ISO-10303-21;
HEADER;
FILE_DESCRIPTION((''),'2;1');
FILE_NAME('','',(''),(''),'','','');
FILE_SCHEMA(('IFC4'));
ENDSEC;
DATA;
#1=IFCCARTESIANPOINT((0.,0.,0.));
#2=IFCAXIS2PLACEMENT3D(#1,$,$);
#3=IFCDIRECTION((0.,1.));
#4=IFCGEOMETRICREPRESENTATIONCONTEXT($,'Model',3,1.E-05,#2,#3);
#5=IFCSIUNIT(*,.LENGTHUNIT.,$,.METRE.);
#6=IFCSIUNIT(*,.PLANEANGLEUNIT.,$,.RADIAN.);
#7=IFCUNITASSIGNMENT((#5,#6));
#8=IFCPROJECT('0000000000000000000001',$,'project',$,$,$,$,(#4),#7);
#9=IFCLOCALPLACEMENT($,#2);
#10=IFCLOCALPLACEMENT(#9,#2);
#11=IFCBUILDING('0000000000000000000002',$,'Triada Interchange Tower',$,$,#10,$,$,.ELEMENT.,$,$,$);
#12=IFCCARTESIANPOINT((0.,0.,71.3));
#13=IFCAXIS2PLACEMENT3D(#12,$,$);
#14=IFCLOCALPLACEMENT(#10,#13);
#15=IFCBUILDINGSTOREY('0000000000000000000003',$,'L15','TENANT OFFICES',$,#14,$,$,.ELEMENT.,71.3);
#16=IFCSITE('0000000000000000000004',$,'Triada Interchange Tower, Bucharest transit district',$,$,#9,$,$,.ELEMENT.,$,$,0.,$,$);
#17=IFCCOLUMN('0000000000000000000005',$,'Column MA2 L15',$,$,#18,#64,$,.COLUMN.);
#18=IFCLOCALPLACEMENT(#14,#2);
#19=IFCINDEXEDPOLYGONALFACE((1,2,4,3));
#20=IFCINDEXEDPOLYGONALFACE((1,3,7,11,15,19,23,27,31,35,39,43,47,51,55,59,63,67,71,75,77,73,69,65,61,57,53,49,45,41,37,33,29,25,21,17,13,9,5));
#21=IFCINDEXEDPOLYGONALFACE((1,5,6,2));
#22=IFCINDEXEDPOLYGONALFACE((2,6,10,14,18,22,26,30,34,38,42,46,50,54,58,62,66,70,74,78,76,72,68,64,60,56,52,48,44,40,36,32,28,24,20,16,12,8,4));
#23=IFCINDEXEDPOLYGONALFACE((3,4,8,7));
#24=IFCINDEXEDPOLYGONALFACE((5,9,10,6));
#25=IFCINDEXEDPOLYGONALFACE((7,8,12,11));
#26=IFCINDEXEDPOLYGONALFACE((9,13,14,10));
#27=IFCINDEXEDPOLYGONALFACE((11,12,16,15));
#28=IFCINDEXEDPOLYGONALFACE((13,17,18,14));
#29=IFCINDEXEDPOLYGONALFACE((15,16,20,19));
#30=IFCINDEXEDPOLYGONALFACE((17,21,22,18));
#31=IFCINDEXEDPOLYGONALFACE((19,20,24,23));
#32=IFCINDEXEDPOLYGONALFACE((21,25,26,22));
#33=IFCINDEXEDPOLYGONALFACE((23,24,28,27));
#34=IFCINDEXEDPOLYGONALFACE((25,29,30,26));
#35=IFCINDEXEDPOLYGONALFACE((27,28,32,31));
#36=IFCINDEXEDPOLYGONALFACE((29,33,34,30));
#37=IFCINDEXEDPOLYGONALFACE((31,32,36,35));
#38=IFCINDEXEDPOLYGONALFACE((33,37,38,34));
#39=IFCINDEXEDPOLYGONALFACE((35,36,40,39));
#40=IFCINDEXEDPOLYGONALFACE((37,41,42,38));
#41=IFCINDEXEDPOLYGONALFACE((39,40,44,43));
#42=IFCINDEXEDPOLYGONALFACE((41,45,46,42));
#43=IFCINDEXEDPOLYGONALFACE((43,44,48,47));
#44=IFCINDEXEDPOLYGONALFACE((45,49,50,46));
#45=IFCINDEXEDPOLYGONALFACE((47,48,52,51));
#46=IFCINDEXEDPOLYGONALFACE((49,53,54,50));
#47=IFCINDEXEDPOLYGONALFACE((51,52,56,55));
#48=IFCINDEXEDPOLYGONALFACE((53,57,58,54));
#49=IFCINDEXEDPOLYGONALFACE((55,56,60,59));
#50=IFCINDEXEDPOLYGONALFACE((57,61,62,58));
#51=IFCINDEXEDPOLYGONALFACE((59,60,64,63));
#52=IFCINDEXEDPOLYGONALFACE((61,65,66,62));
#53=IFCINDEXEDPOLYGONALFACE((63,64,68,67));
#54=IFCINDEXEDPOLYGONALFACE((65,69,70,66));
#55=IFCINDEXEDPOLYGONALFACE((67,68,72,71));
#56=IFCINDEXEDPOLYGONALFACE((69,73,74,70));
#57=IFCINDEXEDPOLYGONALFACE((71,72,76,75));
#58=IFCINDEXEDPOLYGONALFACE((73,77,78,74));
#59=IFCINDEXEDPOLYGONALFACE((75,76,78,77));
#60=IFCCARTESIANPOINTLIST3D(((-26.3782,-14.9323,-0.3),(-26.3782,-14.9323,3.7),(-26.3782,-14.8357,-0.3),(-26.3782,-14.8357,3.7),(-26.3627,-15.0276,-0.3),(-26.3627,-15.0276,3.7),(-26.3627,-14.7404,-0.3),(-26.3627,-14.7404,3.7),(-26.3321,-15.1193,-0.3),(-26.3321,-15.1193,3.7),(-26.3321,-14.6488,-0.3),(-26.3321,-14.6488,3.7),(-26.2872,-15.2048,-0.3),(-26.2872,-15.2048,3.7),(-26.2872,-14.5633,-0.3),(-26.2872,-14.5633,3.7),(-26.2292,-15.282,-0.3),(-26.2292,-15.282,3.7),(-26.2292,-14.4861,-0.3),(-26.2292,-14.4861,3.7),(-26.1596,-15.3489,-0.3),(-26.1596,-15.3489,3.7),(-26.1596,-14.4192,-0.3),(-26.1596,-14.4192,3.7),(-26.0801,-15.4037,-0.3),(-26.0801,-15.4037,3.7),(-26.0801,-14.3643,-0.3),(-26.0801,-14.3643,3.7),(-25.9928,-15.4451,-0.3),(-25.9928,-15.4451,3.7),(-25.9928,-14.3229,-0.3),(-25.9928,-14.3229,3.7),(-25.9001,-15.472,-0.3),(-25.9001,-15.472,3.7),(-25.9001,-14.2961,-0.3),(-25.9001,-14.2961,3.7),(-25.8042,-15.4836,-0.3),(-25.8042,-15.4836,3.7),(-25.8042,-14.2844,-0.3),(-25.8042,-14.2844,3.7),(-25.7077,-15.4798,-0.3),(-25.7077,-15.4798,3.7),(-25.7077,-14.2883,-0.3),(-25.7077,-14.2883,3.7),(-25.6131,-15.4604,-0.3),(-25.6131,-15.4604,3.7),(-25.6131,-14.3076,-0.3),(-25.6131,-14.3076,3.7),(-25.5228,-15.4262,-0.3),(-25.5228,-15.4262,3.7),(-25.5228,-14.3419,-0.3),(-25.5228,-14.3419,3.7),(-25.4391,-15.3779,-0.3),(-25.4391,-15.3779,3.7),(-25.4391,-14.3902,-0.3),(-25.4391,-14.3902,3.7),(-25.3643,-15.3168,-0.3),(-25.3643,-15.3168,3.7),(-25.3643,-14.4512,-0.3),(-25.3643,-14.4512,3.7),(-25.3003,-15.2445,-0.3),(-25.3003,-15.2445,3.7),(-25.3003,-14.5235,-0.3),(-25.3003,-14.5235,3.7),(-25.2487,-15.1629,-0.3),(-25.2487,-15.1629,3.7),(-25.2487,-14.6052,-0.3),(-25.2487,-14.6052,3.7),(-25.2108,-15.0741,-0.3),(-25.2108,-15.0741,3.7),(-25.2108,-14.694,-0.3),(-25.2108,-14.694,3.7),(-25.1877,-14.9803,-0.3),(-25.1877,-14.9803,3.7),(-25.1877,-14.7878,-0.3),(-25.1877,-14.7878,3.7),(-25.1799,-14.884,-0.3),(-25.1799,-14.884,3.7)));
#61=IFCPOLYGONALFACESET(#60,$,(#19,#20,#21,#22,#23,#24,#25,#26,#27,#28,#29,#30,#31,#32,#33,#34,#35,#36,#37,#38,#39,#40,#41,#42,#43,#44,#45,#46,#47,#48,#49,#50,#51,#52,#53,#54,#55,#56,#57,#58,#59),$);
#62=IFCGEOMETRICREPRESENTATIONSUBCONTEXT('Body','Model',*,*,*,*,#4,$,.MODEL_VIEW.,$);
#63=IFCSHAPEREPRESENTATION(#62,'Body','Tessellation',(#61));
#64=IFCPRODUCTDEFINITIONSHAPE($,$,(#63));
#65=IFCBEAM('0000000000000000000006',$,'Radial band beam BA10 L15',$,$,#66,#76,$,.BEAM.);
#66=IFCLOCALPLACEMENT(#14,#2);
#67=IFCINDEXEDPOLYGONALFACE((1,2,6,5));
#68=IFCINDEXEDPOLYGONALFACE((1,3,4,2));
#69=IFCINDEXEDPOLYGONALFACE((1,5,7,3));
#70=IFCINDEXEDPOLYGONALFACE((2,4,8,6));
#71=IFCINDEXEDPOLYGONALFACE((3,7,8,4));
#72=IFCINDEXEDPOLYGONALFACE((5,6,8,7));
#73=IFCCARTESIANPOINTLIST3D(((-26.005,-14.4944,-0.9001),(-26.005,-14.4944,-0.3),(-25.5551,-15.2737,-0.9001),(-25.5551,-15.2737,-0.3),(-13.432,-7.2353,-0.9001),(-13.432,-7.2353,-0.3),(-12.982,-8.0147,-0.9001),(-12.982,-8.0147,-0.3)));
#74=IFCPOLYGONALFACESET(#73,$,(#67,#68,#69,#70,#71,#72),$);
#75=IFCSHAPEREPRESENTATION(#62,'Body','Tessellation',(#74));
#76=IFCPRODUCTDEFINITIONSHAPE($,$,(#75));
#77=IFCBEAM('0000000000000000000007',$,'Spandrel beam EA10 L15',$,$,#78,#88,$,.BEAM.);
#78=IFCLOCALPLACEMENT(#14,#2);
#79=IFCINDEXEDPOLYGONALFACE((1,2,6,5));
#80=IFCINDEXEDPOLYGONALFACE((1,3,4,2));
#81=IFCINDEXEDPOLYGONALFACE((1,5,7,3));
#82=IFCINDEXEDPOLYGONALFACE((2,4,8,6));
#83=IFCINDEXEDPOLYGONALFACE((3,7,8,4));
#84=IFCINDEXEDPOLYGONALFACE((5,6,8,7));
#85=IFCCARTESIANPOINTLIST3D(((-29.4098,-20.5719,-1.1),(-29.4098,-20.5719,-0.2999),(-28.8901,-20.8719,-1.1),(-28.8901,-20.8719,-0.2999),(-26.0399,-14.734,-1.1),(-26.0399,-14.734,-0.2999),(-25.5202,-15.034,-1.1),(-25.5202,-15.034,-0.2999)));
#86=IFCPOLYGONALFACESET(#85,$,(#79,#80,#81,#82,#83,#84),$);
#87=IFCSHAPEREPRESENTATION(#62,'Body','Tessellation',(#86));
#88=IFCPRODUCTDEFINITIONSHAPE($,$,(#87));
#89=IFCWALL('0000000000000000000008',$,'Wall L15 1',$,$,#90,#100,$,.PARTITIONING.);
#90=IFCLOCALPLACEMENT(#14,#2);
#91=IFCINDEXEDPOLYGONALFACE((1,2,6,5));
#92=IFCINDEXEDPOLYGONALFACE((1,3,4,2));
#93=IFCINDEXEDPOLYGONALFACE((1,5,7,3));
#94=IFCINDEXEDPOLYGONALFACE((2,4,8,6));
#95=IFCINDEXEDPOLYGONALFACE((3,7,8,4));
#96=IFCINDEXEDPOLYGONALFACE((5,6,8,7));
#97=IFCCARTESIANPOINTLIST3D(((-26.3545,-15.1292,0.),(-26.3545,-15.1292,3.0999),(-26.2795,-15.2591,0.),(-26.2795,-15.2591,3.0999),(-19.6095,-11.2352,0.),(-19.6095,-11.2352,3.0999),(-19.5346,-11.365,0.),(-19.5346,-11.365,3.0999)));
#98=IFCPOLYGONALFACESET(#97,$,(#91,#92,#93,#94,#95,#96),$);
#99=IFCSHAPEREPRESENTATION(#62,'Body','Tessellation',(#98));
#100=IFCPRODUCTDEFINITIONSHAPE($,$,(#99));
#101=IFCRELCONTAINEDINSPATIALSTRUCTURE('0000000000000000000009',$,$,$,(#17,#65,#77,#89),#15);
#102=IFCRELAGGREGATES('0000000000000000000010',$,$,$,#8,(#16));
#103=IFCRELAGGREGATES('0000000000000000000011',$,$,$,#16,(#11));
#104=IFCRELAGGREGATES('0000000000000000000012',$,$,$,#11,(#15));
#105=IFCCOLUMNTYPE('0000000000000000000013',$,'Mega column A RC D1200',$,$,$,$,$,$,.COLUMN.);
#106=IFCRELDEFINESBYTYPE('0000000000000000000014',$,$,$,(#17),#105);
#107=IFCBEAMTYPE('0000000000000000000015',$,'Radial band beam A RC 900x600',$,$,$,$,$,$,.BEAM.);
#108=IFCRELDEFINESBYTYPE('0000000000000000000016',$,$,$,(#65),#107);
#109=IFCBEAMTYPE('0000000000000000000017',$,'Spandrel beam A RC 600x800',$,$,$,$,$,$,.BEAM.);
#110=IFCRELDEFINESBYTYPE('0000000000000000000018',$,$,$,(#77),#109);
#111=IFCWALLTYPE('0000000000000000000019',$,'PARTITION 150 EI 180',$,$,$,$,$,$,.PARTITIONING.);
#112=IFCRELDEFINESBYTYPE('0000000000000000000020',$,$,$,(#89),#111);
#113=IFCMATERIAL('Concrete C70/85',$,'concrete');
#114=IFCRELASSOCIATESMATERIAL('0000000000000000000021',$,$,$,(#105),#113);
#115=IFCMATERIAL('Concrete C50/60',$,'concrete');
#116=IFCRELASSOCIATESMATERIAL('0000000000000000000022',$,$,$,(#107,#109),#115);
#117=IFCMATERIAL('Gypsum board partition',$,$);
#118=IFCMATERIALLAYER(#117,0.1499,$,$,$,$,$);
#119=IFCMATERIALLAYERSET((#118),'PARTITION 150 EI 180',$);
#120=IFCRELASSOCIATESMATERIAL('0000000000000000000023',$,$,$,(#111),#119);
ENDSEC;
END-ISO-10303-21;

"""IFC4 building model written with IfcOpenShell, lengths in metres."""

from ifc_helpers import new_model, si_unit, direction, frame, frame_2d, origin, origin_2d, place, context, subcontext, project, spatial, rectangle, circle, extrude, material, layer, layer_set, material_profile, profile_set, type_object, element, save


model = new_model("IFC4")

# Units and contexts
model_context = context("Model", 3, precision=1e-05, world=origin(), true_north=direction((0.0, 1.0)))
body_context = subcontext(model_context, "Body", "Model", "MODEL_VIEW")
ifc_project = project(units=[si_unit("LENGTHUNIT", "METRE"), si_unit("PLANEANGLEUNIT", "RADIAN")], contexts=[model_context])

# Site, building, storey
site_placement = place(None, origin())
site = spatial("IfcSite", under=ifc_project, at=site_placement, Name="Triada Interchange Tower, Bucharest transit district", CompositionType="ELEMENT", RefElevation=0.0)
building_placement = place(site_placement, origin())
building = spatial("IfcBuilding", under=site, at=building_placement, Name="Triada Interchange Tower", CompositionType="ELEMENT")
storey_placement = place(building_placement, frame((0.0, 0.0, 71.3)))
storey = spatial("IfcBuildingStorey", under=building, at=storey_placement, Name="L15", Description="TENANT OFFICES", CompositionType="ELEMENT", Elevation=71.3)

# Column
ifc_material_1 = material(Name="Concrete C70/85", Category="concrete")
ifc_material_profile_1 = material_profile(ifc_material_1, circle(Radius=0.6001, at=origin_2d()), Name="RC D1200")
ifc_profile_set_1 = profile_set([ifc_material_profile_1], Name="Concrete C70/85")
column_type = type_object("IfcColumnType", Name="Mega column A RC D1200", PredefinedType="COLUMN", material=ifc_profile_set_1)
column_placement = place(storey_placement, frame((-25.78, -14.884, -0.3), z_axis=(0.0, 0.0, 1.0), x_axis=(1.0, 0.0, 0.0)))
element("IfcColumn", 1, at=column_placement, inside=storey, type_object=column_type, Name="Column MA2 L15", PredefinedType="COLUMN", context=body_context, shape_type="SweptSolid", body=[
    extrude(circle(Radius=0.6001, at=origin_2d()), origin(), (0.0, 0.0, 1.0), 4.0),
])

# Beams
ifc_material_2 = material(Name="Concrete C50/60", Category="concrete")
ifc_material_profile_2 = material_profile(ifc_material_2, rectangle(XDim=0.8999, YDim=0.6001, at=origin_2d()), Name="RC 900x600")
ifc_profile_set_2 = profile_set([ifc_material_profile_2], Name="Concrete C50/60")
beam_type_1 = type_object("IfcBeamType", Name="Radial band beam A RC 900x600", PredefinedType="BEAM", material=ifc_profile_set_2)
beam_1_placement = place(storey_placement, frame((-25.78, -14.884, -0.6001), z_axis=(0.866025, 0.5, 0.0), x_axis=(-0.5, 0.866025, 0.0)))
element("IfcBeam", 2, at=beam_1_placement, inside=storey, type_object=beam_type_1, Name="Radial band beam BA10 L15", PredefinedType="BEAM", context=body_context, shape_type="SweptSolid", body=[
    extrude(rectangle(XDim=0.8999, YDim=0.6001, at=origin_2d()), origin(), (0.0, 0.0, 1.0), 14.5181),
])
ifc_material_profile_3 = material_profile(ifc_material_2, rectangle(XDim=0.6001, YDim=0.8, at=origin_2d()), Name="RC 600x800")
ifc_profile_set_3 = profile_set([ifc_material_profile_3], Name="Concrete C50/60")
beam_type_2 = type_object("IfcBeamType", Name="Spandrel beam A RC 600x800", PredefinedType="BEAM", material=ifc_profile_set_3)
beam_2_placement = place(storey_placement, frame((-25.78, -14.884, -0.7), z_axis=(-0.499929, -0.866066, 0.0), x_axis=(0.866066, -0.499929, 0.0)))
element("IfcBeam", 3, at=beam_2_placement, inside=storey, type_object=beam_type_2, Name="Spandrel beam EA10 L15", PredefinedType="BEAM", context=body_context, shape_type="SweptSolid", body=[
    extrude(rectangle(XDim=0.6001, YDim=0.8, at=origin_2d()), origin(), (0.0, 0.0, 1.0), 6.7407),
])

# Wall
ifc_material_3 = material(Name="Gypsum board partition")
ifc_layer = layer(ifc_material_3, 0.1499)
ifc_layer_set = layer_set([ifc_layer], Name="PARTITION 150 EI 180")
wall_type = type_object("IfcWallType", Name="PARTITION 150 EI 180", PredefinedType="PARTITIONING", material=ifc_layer_set)
wall_placement = place(storey_placement, frame((-26.3169, -15.1941, 0.0), z_axis=(0.0, 0.0, 1.0), x_axis=(0.866032, 0.499989, 0.0)))
element("IfcWall", 4, at=wall_placement, inside=storey, type_object=wall_type, Name="Wall L15 1", PredefinedType="PARTITIONING", context=body_context, shape_type="SweptSolid", body=[
    extrude(rectangle(XDim=7.7883, YDim=0.1499, at=frame_2d((3.894, 0.0))), origin(), (0.0, 0.0, 1.0), 3.0999),
])

save(model, "model.ifc")
